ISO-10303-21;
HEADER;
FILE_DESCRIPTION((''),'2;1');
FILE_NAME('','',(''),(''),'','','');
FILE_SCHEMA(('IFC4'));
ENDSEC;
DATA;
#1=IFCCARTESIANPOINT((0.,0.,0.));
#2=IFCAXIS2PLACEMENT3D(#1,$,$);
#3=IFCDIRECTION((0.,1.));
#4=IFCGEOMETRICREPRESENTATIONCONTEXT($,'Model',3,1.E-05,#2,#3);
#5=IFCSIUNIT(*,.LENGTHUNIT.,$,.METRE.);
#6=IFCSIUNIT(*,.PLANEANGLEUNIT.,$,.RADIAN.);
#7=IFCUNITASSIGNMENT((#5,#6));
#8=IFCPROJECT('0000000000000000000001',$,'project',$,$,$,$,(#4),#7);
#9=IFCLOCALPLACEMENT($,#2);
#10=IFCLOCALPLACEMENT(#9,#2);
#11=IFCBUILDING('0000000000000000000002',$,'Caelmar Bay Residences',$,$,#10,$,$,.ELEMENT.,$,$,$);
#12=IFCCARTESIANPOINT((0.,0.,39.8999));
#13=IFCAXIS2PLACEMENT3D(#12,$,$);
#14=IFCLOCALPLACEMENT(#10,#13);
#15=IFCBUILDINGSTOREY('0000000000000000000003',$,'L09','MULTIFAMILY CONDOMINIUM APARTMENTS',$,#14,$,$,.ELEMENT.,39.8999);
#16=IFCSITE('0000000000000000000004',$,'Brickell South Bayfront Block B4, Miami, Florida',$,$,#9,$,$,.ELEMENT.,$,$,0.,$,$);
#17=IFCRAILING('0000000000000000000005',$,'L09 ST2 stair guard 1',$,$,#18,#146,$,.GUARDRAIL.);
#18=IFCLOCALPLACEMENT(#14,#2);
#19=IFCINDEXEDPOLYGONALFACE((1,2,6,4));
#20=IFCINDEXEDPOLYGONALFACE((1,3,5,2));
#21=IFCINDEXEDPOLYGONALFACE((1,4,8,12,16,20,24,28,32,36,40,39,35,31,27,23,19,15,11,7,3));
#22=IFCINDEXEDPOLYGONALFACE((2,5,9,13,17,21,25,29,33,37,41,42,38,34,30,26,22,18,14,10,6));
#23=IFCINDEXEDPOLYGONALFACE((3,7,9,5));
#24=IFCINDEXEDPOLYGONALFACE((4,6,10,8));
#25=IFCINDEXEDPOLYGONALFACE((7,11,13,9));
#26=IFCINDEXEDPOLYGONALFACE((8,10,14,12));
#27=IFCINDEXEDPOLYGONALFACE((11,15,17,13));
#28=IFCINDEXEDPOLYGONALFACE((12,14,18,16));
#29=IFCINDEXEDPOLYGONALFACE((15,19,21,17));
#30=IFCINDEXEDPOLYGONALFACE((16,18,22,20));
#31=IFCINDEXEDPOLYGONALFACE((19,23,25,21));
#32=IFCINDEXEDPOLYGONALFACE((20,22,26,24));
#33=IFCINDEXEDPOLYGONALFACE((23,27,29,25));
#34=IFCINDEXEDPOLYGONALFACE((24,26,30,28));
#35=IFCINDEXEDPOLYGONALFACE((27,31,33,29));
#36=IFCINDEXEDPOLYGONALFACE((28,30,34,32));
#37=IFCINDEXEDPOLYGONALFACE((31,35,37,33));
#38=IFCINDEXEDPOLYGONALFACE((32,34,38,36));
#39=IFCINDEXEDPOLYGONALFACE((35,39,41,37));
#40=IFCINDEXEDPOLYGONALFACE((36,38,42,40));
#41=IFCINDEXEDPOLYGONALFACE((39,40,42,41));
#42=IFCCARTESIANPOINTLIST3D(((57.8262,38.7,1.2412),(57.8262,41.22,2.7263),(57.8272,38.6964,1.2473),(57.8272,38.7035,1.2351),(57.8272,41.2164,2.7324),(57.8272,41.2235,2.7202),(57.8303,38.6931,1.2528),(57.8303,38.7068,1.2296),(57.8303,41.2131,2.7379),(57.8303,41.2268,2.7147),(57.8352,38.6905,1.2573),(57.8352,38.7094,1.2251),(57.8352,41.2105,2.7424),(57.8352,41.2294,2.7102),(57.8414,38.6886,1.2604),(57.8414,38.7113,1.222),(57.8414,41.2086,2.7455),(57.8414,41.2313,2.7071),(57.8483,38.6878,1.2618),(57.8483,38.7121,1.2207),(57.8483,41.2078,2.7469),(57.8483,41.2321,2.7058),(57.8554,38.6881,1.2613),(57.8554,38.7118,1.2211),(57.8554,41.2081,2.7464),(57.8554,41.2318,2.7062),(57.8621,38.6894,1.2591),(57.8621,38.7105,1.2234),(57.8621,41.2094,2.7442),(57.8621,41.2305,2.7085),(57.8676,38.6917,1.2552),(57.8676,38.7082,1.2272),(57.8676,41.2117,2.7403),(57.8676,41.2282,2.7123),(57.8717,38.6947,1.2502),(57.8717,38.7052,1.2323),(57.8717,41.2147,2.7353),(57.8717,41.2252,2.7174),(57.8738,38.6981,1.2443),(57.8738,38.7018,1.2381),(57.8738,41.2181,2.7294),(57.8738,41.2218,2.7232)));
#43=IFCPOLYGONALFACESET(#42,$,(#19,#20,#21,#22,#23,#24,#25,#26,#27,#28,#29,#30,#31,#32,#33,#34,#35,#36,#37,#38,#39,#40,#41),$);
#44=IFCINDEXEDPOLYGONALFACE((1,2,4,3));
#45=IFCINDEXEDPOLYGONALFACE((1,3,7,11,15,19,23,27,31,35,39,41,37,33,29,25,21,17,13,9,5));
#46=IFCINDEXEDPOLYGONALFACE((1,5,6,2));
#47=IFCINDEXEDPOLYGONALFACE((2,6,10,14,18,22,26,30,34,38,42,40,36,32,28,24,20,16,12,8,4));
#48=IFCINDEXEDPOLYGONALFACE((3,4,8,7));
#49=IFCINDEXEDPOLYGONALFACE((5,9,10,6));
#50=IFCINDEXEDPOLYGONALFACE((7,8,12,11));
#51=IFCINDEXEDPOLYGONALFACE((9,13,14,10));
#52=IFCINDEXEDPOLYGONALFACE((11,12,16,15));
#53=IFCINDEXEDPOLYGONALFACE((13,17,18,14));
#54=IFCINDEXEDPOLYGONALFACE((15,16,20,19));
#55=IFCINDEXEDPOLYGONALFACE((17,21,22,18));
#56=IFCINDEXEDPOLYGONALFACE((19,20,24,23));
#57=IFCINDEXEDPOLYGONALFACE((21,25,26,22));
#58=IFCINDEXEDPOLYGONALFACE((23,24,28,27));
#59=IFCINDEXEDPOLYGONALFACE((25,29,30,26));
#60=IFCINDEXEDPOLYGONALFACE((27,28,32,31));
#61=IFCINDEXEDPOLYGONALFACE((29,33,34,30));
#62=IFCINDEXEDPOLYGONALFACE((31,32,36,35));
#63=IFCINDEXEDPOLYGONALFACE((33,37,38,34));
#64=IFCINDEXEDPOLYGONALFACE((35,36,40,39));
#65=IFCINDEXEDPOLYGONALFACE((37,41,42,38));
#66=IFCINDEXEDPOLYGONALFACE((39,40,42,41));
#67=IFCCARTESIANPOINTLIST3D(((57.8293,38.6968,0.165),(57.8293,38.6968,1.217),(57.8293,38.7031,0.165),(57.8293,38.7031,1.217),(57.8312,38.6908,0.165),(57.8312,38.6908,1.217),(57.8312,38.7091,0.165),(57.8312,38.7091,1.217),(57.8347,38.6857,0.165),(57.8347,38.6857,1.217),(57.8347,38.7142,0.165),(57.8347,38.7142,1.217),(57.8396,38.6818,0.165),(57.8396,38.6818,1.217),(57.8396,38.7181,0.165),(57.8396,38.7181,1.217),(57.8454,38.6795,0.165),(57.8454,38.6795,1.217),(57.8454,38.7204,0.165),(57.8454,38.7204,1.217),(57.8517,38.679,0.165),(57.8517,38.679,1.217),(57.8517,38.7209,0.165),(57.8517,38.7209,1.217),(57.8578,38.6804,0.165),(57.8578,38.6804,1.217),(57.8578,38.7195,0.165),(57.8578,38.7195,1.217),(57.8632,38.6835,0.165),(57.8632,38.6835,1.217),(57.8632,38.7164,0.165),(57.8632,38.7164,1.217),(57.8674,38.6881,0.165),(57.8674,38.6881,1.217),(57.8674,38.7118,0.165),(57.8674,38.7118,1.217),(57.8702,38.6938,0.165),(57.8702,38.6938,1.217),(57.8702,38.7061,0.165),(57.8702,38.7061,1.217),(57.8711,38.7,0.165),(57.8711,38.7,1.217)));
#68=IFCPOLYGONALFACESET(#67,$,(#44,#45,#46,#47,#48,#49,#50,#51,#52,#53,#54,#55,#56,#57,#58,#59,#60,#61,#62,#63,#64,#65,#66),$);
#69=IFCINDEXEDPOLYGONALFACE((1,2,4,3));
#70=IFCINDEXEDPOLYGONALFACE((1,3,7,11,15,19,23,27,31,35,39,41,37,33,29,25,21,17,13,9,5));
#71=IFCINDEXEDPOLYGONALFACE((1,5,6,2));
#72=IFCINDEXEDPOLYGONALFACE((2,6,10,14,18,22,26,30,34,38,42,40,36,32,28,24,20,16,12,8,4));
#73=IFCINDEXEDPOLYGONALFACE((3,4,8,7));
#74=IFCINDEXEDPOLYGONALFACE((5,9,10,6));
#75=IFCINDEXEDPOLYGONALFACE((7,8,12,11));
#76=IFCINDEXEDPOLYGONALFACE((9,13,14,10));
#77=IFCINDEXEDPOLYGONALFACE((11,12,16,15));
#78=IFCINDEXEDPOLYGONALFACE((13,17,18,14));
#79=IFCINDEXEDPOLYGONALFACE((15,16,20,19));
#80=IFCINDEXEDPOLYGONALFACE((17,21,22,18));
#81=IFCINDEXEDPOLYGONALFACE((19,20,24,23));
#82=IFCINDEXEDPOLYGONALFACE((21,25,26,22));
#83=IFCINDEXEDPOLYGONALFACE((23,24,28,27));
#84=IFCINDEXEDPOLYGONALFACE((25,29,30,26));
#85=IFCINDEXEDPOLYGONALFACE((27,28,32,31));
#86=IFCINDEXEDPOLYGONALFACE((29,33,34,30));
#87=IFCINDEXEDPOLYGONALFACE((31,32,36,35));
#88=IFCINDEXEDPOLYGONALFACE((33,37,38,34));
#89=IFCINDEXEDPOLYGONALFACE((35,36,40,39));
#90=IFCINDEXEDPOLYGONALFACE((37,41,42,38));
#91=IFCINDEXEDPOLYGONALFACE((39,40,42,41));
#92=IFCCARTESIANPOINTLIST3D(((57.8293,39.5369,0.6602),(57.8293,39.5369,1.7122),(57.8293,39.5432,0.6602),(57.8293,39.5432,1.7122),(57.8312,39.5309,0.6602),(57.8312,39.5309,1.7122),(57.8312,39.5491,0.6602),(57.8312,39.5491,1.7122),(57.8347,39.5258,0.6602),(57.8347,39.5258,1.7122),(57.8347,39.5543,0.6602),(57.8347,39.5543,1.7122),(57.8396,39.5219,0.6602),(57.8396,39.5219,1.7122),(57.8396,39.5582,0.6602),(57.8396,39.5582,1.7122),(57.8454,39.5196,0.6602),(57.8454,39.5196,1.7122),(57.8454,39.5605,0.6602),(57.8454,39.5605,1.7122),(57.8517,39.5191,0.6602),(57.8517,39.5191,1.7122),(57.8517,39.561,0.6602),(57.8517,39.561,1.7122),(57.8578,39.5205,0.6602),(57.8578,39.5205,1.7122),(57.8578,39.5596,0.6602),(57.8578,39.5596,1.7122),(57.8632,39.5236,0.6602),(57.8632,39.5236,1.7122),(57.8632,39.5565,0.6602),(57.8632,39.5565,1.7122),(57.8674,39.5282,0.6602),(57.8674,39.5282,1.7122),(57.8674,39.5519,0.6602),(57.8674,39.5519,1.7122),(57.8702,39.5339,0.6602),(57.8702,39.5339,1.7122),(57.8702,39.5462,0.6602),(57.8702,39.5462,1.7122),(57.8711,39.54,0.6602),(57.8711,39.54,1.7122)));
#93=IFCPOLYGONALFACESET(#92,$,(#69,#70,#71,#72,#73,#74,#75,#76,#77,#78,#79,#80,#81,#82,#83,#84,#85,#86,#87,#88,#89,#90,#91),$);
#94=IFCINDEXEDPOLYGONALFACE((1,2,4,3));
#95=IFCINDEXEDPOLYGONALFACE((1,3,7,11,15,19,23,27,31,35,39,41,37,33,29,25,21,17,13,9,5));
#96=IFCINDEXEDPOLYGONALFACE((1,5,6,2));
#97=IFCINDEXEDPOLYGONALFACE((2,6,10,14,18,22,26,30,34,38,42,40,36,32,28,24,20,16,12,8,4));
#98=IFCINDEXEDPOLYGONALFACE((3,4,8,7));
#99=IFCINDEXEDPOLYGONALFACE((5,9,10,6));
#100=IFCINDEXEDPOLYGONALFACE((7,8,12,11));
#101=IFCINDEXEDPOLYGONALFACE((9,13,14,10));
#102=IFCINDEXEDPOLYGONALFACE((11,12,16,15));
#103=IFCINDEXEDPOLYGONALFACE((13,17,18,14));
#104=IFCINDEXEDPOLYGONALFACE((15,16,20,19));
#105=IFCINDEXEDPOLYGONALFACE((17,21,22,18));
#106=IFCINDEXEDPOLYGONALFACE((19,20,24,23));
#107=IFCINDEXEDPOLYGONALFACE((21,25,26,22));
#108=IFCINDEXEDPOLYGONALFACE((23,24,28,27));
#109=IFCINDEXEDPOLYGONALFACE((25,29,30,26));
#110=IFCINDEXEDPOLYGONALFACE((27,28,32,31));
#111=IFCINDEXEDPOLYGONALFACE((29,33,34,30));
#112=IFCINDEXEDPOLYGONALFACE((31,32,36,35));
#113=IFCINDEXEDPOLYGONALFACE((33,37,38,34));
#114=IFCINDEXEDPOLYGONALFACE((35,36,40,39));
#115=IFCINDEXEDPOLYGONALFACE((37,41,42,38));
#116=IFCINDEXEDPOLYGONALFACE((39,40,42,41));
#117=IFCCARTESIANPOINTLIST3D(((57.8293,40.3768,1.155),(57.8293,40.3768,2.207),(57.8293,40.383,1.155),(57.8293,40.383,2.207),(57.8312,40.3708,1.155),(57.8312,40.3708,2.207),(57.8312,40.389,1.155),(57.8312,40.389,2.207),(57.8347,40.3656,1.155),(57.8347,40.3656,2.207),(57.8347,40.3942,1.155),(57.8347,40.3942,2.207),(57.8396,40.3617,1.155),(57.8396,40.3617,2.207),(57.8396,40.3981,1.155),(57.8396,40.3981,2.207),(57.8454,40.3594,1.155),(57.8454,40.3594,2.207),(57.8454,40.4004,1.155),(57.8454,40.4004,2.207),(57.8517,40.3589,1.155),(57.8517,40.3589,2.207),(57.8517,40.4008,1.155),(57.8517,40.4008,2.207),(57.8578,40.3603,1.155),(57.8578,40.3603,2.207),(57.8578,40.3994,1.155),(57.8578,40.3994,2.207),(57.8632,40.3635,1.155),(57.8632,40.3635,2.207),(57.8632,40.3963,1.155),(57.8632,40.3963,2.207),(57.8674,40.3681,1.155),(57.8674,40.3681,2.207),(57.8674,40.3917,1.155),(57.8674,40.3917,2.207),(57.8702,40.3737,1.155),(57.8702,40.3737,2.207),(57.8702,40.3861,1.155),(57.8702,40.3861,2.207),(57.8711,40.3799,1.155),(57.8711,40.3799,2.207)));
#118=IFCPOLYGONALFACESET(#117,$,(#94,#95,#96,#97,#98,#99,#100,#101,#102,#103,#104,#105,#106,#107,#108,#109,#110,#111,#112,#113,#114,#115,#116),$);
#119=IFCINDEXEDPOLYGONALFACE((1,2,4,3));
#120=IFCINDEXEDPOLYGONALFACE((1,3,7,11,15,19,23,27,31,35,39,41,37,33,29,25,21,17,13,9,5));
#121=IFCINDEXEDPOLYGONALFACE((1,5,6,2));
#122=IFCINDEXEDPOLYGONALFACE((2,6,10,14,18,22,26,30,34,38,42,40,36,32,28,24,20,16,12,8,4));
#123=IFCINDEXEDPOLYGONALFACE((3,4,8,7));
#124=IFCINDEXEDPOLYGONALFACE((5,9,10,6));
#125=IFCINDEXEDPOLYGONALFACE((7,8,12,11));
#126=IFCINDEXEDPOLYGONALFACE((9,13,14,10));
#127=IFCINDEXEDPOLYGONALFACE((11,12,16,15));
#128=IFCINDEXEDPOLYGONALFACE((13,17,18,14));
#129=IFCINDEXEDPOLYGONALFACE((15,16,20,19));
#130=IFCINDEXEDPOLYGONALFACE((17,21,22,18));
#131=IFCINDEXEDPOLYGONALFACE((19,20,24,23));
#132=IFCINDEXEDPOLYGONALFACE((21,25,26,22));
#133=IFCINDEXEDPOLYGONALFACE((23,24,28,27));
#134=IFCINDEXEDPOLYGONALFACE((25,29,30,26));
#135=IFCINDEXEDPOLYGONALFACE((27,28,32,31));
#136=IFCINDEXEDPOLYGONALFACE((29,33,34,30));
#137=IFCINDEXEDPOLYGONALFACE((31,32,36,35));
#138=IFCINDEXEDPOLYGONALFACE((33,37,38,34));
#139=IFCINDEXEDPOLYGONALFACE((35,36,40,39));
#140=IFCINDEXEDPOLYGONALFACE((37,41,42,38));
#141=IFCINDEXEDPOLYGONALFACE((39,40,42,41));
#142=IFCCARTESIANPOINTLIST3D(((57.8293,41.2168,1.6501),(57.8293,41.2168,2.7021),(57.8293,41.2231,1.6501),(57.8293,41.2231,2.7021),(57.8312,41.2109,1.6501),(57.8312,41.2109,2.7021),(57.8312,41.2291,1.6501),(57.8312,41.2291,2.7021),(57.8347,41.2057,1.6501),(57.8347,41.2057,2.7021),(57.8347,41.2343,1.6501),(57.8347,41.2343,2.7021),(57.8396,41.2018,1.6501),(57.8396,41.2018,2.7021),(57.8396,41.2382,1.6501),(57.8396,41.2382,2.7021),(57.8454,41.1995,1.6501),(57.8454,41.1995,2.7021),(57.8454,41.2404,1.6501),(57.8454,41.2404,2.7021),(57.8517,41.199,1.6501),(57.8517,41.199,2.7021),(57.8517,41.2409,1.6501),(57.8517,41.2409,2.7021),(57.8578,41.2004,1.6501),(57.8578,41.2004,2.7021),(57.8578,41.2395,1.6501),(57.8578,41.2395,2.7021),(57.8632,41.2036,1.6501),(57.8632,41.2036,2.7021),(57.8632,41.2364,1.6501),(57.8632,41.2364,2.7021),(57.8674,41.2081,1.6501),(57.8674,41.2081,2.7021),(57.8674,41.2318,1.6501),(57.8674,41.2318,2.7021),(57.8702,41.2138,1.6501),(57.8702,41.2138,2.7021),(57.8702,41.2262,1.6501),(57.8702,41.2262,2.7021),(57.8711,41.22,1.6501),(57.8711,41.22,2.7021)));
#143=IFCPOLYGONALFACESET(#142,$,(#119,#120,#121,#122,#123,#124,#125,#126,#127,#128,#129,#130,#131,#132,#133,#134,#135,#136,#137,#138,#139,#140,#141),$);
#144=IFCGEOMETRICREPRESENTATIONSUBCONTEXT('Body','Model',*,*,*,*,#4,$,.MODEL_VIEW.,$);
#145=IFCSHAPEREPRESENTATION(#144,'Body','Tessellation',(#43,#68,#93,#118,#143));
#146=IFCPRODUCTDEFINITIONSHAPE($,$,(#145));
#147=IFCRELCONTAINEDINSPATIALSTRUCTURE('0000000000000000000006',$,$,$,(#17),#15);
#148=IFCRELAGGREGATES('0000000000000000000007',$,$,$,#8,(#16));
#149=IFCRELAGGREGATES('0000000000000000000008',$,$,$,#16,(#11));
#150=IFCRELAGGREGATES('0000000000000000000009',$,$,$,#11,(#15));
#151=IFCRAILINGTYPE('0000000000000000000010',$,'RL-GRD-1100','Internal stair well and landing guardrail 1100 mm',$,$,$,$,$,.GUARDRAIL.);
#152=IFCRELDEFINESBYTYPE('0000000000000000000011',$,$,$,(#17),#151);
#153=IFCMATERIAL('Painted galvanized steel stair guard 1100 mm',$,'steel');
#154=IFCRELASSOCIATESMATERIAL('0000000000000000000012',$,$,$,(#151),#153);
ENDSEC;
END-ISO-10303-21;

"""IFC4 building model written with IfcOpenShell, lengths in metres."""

from ifc_helpers import new_model, si_unit, direction, frame, origin, origin_2d, place, context, subcontext, project, spatial, circle, extrude, material, type_object, element, save


model = new_model("IFC4")

# Units and contexts
model_context = context("Model", 3, precision=1e-05, world=origin(), true_north=direction((0.0, 1.0)))
body_context = subcontext(model_context, "Body", "Model", "MODEL_VIEW")
ifc_project = project(units=[si_unit("LENGTHUNIT", "METRE"), si_unit("PLANEANGLEUNIT", "RADIAN")], contexts=[model_context])

# Site, building, storey
site_placement = place(None, origin())
site = spatial("IfcSite", under=ifc_project, at=site_placement, Name="Brickell South Bayfront Block B4, Miami, Florida", CompositionType="ELEMENT", RefElevation=0.0)
building_placement = place(site_placement, origin())
building = spatial("IfcBuilding", under=site, at=building_placement, Name="Caelmar Bay Residences", CompositionType="ELEMENT")
storey_placement = place(building_placement, frame((0.0, 0.0, 39.8999)))
storey = spatial("IfcBuildingStorey", under=building, at=storey_placement, Name="L09", Description="MULTIFAMILY CONDOMINIUM APARTMENTS", CompositionType="ELEMENT", Elevation=39.8999)

# Railing
ifc_material_1 = material(Name="Painted galvanized steel stair guard 1100 mm", Category="steel")
railing_type_1 = type_object("IfcRailingType", Name="RL-GRD-1100", Description="Internal stair well and landing guardrail 1100 mm", PredefinedType="GUARDRAIL", material=ifc_material_1)
railing_1_placement = place(storey_placement, frame((57.8501, 38.7, 0.165)))
element("IfcRailing", 1, at=railing_1_placement, inside=storey, type_object=railing_type_1, Name="L09 ST2 stair guard 1", PredefinedType="GUARDRAIL", context=body_context, shape_type="SweptSolid", body=[
    extrude(circle(Radius=0.0239, at=origin_2d()), frame((0.0, 0.0, 1.0762), z_axis=(0.0, 0.861524, 0.507717), x_axis=(-1.0, 0.0, 0.0)), (0.0, 0.0, 1.0), 2.925),
    extrude(circle(Radius=0.021, at=origin_2d()), origin(), (0.0, 0.0, 1.0), 1.052),
    extrude(circle(Radius=0.021, at=origin_2d()), frame((0.0, 0.8401, 0.4951)), (0.0, 0.0, 1.0), 1.052),
    extrude(circle(Radius=0.021, at=origin_2d()), frame((0.0, 1.6799, 0.99)), (0.0, 0.0, 1.0), 1.052),
    extrude(circle(Radius=0.021, at=origin_2d()), frame((0.0, 2.52, 1.4851)), (0.0, 0.0, 1.0), 1.052),
])

save(model, "model.ifc")
